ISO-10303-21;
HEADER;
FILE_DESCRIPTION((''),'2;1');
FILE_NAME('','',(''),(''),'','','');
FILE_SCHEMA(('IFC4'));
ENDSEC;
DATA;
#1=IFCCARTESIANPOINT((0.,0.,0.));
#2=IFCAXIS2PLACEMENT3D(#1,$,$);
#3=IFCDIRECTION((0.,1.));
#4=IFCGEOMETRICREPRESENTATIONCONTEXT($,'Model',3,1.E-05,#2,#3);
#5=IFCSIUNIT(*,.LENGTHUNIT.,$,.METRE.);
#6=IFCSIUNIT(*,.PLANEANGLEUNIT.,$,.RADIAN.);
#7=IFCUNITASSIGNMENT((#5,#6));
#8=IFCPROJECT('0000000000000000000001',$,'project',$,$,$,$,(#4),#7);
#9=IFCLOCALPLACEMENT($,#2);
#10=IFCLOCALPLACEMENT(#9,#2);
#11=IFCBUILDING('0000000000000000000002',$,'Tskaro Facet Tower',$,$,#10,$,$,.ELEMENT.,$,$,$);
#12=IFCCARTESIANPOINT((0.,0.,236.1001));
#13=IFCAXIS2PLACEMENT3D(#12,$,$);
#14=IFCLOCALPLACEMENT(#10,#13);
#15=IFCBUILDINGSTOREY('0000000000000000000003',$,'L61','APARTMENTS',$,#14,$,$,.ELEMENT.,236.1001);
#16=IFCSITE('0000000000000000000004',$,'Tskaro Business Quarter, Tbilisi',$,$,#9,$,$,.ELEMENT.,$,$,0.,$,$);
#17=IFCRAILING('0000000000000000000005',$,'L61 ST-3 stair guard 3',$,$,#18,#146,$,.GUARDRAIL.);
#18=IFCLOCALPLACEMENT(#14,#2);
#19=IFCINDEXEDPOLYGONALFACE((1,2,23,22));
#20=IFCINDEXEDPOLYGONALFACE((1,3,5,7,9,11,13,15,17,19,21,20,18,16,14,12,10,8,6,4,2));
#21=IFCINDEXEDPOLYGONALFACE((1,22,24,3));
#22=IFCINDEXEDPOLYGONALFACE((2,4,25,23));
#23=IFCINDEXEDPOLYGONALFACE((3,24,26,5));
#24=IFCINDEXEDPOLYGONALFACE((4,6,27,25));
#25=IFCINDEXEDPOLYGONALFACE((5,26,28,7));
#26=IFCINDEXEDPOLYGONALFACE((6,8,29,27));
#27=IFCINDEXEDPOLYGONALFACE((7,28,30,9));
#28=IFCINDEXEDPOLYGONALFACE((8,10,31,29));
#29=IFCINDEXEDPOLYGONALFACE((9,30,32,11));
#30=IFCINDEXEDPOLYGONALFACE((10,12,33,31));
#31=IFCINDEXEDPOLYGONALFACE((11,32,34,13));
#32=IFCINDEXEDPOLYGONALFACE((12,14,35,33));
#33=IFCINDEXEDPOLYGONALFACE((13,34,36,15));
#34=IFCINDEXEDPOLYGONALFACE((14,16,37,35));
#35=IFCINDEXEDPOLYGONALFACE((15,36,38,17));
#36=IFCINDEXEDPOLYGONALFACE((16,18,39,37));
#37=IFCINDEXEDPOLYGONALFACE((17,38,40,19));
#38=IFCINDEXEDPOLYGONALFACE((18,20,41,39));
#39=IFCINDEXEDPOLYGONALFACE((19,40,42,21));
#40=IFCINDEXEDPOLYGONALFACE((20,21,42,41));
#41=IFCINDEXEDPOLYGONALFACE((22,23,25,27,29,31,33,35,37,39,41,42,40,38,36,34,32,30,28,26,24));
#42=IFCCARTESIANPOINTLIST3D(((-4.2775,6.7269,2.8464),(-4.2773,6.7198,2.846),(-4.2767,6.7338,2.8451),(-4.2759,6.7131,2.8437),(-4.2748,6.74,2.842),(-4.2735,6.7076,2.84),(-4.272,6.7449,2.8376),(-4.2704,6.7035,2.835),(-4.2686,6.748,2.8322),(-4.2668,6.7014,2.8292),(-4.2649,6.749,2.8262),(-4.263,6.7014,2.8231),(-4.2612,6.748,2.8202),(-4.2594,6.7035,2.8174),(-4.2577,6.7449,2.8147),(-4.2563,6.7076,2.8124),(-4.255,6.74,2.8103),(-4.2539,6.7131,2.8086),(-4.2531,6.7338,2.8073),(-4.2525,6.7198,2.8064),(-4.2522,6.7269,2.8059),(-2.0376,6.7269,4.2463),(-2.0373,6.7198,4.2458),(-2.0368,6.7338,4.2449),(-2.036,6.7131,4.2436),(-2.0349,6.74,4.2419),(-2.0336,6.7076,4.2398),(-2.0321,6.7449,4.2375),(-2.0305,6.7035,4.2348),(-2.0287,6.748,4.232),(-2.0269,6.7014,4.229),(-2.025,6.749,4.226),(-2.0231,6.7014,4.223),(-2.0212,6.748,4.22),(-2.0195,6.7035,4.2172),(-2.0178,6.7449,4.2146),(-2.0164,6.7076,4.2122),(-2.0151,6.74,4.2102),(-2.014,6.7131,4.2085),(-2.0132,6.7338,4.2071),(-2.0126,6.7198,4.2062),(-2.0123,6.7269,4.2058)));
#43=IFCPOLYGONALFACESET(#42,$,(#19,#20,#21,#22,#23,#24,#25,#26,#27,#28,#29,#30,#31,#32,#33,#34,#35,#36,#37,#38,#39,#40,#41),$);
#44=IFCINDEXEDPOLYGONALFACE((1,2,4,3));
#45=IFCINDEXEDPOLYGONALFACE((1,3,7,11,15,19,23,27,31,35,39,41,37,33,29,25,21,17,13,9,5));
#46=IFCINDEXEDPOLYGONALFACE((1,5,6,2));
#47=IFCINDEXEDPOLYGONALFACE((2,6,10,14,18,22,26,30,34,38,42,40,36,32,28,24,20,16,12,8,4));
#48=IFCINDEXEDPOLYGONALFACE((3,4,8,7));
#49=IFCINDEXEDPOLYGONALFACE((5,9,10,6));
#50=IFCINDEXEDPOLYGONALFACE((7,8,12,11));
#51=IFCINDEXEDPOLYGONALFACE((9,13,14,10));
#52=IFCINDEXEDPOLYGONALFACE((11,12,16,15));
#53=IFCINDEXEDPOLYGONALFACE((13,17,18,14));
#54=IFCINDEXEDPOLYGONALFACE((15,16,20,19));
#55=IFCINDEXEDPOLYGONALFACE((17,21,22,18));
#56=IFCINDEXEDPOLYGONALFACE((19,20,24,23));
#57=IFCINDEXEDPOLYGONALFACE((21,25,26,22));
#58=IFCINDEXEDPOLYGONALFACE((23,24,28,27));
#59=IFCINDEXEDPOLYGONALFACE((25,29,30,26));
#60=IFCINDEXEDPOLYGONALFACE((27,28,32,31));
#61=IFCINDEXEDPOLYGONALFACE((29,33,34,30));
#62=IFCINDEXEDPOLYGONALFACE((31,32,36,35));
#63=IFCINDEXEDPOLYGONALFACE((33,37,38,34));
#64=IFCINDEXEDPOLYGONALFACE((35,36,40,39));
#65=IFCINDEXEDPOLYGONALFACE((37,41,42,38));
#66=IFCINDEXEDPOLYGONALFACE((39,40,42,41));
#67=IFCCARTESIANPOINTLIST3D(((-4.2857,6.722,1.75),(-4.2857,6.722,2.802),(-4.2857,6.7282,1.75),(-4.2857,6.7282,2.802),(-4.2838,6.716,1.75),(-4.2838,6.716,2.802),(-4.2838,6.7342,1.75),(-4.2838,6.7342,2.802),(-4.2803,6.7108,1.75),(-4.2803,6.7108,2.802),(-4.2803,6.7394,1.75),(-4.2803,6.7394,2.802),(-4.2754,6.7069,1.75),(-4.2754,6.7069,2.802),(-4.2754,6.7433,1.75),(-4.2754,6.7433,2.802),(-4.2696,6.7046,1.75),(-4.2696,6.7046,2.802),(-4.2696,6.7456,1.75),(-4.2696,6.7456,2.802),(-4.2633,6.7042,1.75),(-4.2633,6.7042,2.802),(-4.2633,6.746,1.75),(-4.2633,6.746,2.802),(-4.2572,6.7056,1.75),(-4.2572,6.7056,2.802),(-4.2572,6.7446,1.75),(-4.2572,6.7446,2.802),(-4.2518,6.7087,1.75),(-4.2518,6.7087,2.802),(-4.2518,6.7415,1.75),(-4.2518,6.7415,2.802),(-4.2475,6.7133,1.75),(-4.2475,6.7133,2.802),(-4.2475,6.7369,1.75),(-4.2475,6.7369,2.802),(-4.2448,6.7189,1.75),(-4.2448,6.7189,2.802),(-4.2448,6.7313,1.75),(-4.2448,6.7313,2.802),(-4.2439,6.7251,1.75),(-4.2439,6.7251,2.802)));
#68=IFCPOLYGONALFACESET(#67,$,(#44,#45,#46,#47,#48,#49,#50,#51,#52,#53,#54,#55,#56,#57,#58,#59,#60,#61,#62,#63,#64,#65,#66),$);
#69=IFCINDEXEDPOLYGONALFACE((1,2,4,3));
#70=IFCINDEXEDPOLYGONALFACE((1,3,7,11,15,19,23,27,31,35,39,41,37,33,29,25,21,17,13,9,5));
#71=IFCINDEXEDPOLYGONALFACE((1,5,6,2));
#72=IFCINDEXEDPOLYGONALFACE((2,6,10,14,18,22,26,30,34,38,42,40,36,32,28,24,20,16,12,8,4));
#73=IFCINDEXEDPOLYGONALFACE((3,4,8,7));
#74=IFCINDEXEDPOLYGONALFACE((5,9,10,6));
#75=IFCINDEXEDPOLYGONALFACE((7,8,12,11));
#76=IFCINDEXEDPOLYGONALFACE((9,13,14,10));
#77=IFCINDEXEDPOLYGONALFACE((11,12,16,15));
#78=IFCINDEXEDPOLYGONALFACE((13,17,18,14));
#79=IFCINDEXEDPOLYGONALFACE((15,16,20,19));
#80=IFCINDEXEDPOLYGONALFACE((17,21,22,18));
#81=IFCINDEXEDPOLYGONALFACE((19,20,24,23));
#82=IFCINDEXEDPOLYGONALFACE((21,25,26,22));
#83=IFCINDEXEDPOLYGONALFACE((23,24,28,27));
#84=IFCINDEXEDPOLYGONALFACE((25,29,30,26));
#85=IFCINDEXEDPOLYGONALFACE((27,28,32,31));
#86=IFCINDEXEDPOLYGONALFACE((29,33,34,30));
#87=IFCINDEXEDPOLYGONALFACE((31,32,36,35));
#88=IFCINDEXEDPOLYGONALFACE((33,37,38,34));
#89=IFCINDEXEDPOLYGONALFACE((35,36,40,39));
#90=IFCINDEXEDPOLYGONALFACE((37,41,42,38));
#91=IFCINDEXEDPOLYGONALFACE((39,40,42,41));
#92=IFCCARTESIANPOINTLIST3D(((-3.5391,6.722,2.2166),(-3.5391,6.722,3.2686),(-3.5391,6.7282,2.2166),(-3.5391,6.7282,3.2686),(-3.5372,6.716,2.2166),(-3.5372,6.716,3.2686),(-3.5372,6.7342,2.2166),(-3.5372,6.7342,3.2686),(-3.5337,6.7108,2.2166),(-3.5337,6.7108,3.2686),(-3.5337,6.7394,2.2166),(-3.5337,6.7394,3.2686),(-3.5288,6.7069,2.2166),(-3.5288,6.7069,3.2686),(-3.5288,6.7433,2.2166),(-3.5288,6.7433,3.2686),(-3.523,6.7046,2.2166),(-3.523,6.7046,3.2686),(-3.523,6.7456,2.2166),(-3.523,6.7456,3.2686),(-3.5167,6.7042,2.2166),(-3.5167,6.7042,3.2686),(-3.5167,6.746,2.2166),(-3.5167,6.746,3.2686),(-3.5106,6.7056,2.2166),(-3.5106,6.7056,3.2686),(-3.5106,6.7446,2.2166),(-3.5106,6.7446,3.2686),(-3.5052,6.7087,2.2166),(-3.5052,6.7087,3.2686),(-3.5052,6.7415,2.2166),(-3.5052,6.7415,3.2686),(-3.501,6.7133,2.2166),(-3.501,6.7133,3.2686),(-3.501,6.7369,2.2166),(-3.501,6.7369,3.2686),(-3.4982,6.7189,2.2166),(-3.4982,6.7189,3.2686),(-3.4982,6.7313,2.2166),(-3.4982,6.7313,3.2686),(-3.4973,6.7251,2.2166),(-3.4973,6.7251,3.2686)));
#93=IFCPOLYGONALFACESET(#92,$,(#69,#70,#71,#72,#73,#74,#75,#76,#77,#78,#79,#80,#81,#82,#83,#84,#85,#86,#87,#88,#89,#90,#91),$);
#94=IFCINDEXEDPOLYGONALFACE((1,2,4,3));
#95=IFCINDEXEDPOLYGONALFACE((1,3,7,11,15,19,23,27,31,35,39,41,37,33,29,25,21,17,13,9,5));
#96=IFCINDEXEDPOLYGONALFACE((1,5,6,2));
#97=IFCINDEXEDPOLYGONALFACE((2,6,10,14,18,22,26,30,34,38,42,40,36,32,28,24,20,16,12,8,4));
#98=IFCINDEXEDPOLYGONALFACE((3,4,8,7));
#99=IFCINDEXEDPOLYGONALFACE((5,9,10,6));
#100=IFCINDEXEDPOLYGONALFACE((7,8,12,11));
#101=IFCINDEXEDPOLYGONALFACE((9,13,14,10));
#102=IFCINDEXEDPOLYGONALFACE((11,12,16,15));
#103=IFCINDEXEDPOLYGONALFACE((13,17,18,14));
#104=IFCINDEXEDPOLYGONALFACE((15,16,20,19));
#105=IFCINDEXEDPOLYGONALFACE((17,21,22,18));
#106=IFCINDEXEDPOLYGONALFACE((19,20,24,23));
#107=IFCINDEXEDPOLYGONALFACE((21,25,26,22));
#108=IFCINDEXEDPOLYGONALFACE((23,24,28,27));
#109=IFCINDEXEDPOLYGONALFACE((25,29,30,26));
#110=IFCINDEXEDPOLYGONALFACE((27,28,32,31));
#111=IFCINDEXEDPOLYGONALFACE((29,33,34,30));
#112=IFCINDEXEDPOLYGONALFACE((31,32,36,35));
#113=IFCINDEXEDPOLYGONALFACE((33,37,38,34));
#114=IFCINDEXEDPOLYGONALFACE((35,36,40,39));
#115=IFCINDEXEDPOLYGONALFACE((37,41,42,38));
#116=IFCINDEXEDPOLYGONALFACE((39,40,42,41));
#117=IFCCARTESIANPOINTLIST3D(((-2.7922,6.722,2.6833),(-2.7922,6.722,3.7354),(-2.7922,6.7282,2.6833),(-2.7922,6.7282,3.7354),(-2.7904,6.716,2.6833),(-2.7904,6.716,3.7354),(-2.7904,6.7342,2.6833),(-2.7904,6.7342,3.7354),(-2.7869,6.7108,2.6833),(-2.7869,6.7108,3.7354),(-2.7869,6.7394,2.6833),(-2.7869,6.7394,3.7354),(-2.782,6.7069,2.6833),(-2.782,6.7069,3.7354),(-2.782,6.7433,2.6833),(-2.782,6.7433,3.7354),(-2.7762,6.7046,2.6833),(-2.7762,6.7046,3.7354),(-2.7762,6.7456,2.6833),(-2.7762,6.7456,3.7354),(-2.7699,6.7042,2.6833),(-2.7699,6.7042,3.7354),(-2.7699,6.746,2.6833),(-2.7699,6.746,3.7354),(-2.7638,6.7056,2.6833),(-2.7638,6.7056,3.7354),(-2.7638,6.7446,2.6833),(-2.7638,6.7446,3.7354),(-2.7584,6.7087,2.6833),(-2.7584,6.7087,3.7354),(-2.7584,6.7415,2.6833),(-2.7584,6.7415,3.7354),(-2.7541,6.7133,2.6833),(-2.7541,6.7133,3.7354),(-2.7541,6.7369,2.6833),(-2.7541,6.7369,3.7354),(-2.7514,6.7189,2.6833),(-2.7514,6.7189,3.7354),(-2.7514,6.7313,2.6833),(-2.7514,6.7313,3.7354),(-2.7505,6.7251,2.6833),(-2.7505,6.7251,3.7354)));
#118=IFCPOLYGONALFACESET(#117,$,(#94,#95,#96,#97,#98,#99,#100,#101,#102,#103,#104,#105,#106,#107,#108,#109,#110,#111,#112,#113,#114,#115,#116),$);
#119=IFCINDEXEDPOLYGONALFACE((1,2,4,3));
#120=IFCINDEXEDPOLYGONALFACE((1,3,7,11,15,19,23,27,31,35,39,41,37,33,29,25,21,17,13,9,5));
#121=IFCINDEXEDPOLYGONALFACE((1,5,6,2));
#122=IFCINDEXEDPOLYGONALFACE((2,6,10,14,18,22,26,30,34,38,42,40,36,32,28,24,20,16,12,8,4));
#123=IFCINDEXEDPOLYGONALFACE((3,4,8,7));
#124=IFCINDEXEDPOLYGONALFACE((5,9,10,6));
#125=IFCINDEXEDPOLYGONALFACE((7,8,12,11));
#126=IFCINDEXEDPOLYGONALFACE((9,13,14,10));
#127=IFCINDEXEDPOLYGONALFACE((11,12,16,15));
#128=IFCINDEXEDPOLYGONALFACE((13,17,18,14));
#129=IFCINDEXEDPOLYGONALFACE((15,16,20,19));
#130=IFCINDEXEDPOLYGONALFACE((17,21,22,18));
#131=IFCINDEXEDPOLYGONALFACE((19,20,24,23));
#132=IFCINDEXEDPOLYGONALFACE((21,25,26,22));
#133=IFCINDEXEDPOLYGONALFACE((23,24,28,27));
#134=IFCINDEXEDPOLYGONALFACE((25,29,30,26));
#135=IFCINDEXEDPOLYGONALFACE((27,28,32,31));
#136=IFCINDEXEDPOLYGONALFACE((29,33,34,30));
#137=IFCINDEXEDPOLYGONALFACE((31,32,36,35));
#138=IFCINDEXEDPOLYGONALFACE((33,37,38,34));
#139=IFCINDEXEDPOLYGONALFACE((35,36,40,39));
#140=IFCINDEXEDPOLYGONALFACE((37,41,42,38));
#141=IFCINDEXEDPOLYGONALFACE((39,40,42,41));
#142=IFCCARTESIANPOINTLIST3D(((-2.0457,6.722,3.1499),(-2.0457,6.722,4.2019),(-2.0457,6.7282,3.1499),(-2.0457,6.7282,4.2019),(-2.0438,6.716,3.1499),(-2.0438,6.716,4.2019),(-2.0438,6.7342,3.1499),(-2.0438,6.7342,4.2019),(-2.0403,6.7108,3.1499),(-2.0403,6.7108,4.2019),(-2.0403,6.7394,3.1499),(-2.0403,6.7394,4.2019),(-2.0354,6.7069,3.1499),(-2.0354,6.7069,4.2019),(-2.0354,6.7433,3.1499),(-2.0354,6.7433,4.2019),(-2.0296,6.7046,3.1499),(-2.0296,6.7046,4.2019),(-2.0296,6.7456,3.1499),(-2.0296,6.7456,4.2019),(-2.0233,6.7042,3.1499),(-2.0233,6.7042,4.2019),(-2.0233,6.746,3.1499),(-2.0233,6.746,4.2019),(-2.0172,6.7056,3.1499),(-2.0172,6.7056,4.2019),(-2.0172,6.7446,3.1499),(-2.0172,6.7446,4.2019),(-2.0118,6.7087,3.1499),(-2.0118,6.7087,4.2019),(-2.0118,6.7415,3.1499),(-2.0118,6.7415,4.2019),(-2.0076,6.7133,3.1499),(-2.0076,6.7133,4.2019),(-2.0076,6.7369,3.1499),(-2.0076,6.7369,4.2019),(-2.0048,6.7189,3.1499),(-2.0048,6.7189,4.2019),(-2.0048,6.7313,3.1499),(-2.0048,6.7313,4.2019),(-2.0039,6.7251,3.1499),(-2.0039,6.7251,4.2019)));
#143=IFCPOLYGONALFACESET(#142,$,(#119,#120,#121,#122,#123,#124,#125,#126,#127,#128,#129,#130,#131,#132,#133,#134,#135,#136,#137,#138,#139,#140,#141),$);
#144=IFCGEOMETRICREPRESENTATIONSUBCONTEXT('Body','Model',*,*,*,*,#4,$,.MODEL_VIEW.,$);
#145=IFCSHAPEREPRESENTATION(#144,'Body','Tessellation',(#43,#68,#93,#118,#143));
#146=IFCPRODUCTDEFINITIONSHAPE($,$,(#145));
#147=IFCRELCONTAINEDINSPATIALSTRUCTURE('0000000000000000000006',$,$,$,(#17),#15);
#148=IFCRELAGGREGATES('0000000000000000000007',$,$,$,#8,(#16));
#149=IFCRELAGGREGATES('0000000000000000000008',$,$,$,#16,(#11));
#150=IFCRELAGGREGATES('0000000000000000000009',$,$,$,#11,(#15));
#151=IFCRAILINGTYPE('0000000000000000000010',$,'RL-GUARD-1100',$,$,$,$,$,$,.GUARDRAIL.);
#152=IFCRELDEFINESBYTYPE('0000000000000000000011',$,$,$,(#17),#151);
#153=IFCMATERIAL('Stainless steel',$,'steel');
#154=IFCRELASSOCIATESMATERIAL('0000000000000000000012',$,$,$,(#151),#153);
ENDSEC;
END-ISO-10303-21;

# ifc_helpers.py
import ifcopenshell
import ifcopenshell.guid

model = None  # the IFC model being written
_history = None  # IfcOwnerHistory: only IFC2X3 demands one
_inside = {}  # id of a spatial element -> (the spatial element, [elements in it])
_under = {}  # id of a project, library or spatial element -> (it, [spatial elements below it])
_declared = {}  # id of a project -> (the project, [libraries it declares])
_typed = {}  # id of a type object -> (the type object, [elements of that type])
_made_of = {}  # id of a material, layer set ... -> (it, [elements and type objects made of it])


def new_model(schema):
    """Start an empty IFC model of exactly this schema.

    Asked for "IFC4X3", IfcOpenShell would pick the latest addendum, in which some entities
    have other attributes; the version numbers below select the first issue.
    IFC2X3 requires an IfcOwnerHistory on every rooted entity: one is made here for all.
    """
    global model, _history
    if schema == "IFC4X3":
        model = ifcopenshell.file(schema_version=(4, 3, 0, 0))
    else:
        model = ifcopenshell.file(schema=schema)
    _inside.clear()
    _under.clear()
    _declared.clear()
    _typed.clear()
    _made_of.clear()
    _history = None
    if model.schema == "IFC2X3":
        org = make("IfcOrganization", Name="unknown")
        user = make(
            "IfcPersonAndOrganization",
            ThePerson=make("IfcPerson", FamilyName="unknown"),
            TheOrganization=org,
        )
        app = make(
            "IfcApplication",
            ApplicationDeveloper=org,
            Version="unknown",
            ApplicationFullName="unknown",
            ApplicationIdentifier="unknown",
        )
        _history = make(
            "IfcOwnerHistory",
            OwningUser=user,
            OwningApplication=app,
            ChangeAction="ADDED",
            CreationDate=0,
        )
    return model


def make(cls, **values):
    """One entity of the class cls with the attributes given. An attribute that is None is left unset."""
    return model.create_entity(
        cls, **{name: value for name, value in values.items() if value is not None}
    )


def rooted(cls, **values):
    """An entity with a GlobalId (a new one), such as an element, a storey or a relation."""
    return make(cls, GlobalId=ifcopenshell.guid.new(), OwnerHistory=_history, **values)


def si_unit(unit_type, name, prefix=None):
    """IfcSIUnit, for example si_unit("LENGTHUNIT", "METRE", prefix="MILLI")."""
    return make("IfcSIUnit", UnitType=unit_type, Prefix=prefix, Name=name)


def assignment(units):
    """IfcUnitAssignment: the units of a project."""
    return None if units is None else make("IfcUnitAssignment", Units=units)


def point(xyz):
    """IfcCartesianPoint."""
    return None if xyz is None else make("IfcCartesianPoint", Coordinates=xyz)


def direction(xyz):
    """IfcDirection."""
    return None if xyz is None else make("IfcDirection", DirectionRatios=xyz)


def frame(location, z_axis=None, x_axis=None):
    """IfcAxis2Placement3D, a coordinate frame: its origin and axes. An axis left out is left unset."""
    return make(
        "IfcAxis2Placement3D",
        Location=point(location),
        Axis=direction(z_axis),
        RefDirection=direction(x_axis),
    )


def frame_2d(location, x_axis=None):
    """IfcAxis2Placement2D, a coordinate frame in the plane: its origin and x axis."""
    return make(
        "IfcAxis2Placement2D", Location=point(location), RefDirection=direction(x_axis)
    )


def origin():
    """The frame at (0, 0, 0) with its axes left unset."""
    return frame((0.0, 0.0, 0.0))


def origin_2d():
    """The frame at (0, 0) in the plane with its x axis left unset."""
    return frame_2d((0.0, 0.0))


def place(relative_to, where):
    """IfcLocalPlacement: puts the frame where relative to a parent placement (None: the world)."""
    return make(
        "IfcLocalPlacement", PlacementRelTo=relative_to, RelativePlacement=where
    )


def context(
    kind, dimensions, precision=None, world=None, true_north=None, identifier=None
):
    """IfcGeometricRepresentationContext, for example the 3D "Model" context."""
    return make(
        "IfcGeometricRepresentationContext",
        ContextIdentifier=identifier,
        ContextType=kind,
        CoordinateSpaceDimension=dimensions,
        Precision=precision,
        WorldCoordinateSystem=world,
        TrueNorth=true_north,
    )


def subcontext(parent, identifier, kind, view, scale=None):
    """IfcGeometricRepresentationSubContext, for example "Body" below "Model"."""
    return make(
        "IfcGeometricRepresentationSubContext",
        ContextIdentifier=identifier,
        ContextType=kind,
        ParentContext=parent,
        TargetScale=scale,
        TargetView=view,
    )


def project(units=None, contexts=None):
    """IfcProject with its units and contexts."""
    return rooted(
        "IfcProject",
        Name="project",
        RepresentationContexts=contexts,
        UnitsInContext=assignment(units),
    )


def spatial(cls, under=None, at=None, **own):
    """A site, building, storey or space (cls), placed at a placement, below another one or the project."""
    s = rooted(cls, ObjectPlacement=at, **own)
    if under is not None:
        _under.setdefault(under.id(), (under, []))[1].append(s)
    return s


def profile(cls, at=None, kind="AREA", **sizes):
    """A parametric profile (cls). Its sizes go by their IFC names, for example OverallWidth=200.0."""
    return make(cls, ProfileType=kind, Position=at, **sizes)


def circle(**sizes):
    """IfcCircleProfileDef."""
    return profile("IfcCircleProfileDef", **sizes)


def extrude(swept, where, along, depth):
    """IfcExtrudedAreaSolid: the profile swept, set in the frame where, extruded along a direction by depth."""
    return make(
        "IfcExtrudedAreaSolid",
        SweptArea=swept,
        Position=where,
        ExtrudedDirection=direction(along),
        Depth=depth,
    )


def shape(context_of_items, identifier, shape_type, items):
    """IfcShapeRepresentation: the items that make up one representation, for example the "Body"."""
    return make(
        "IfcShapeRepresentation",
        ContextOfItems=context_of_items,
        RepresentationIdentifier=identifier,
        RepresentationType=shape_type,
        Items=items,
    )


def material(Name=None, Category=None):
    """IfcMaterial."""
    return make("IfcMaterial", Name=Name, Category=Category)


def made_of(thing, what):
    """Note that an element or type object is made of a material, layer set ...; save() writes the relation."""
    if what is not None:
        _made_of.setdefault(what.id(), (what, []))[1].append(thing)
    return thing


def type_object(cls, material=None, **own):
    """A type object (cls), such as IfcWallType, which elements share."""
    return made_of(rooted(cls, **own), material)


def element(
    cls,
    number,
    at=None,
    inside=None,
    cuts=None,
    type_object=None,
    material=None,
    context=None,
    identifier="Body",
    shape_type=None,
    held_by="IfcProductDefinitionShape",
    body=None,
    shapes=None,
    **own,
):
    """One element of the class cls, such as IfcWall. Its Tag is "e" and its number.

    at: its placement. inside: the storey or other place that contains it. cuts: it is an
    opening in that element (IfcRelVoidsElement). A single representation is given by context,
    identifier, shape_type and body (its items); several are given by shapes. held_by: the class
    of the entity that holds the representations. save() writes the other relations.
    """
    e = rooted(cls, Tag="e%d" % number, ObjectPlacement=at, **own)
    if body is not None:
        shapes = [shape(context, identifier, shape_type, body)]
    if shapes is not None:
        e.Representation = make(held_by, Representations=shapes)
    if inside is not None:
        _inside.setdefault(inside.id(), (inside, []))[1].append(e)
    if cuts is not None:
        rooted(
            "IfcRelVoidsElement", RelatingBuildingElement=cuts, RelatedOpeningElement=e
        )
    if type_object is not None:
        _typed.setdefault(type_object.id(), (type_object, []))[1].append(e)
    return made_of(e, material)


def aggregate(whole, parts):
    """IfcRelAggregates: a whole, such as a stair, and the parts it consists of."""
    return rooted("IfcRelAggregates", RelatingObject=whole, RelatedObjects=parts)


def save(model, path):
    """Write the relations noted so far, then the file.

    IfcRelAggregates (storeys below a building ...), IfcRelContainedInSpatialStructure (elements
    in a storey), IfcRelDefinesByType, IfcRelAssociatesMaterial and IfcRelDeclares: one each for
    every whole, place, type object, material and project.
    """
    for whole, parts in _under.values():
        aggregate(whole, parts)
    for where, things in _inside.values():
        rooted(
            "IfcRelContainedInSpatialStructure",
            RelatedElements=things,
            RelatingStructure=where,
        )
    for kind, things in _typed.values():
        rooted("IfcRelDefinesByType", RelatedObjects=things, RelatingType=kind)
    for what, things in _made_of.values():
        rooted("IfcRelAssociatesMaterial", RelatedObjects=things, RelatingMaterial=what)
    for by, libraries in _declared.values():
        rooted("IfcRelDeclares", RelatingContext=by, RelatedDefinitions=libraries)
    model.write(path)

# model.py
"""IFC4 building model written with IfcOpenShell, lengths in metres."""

from ifc_helpers import new_model, si_unit, direction, frame, origin, origin_2d, place, context, subcontext, project, spatial, circle, extrude, material, type_object, element, save


model = new_model("IFC4")

# Units and contexts
model_context = context("Model", 3, precision=1e-05, world=origin(), true_north=direction((0.0, 1.0)))
body_context = subcontext(model_context, "Body", "Model", "MODEL_VIEW")
ifc_project = project(units=[si_unit("LENGTHUNIT", "METRE"), si_unit("PLANEANGLEUNIT", "RADIAN")], contexts=[model_context])

# Site, building, storey
site_placement = place(None, origin())
site = spatial("IfcSite", under=ifc_project, at=site_placement, Name="Tskaro Business Quarter, Tbilisi", CompositionType="ELEMENT", RefElevation=0.0)
building_placement = place(site_placement, origin())
building = spatial("IfcBuilding", under=site, at=building_placement, Name="Tskaro Facet Tower", CompositionType="ELEMENT")
storey_placement = place(building_placement, frame((0.0, 0.0, 236.1001)))
storey = spatial("IfcBuildingStorey", under=building, at=storey_placement, Name="L61", Description="APARTMENTS", CompositionType="ELEMENT", Elevation=236.1001)

# Railing
ifc_material_1 = material(Name="Stainless steel", Category="steel")
railing_type_1 = type_object("IfcRailingType", Name="RL-GUARD-1100", PredefinedType="GUARDRAIL", material=ifc_material_1)
railing_1_placement = place(storey_placement, frame((-4.2649, 6.7251, 1.75)))
element("IfcRailing", 1, at=railing_1_placement, inside=storey, type_object=railing_type_1, Name="L61 ST-3 stair guard 3", PredefinedType="GUARDRAIL", context=body_context, shape_type="SweptSolid", body=[
    extrude(circle(Radius=0.0239, at=origin_2d()), frame((0.0, 0.0, 1.0762), z_axis=(0.848014, 0.0, 0.529974), x_axis=(0.0, 1.0, 0.0)), (0.0, 0.0, 1.0), 2.6414),
    extrude(circle(Radius=0.021, at=origin_2d()), origin(), (0.0, 0.0, 1.0), 1.052),
    extrude(circle(Radius=0.021, at=origin_2d()), frame((0.7466, 0.0, 0.4666)), (0.0, 0.0, 1.0), 1.052),
    extrude(circle(Radius=0.021, at=origin_2d()), frame((1.4934, 0.0, 0.9333)), (0.0, 0.0, 1.0), 1.052),
    extrude(circle(Radius=0.021, at=origin_2d()), frame((2.24, 0.0, 1.3999)), (0.0, 0.0, 1.0), 1.052),
])

save(model, "model.ifc")
